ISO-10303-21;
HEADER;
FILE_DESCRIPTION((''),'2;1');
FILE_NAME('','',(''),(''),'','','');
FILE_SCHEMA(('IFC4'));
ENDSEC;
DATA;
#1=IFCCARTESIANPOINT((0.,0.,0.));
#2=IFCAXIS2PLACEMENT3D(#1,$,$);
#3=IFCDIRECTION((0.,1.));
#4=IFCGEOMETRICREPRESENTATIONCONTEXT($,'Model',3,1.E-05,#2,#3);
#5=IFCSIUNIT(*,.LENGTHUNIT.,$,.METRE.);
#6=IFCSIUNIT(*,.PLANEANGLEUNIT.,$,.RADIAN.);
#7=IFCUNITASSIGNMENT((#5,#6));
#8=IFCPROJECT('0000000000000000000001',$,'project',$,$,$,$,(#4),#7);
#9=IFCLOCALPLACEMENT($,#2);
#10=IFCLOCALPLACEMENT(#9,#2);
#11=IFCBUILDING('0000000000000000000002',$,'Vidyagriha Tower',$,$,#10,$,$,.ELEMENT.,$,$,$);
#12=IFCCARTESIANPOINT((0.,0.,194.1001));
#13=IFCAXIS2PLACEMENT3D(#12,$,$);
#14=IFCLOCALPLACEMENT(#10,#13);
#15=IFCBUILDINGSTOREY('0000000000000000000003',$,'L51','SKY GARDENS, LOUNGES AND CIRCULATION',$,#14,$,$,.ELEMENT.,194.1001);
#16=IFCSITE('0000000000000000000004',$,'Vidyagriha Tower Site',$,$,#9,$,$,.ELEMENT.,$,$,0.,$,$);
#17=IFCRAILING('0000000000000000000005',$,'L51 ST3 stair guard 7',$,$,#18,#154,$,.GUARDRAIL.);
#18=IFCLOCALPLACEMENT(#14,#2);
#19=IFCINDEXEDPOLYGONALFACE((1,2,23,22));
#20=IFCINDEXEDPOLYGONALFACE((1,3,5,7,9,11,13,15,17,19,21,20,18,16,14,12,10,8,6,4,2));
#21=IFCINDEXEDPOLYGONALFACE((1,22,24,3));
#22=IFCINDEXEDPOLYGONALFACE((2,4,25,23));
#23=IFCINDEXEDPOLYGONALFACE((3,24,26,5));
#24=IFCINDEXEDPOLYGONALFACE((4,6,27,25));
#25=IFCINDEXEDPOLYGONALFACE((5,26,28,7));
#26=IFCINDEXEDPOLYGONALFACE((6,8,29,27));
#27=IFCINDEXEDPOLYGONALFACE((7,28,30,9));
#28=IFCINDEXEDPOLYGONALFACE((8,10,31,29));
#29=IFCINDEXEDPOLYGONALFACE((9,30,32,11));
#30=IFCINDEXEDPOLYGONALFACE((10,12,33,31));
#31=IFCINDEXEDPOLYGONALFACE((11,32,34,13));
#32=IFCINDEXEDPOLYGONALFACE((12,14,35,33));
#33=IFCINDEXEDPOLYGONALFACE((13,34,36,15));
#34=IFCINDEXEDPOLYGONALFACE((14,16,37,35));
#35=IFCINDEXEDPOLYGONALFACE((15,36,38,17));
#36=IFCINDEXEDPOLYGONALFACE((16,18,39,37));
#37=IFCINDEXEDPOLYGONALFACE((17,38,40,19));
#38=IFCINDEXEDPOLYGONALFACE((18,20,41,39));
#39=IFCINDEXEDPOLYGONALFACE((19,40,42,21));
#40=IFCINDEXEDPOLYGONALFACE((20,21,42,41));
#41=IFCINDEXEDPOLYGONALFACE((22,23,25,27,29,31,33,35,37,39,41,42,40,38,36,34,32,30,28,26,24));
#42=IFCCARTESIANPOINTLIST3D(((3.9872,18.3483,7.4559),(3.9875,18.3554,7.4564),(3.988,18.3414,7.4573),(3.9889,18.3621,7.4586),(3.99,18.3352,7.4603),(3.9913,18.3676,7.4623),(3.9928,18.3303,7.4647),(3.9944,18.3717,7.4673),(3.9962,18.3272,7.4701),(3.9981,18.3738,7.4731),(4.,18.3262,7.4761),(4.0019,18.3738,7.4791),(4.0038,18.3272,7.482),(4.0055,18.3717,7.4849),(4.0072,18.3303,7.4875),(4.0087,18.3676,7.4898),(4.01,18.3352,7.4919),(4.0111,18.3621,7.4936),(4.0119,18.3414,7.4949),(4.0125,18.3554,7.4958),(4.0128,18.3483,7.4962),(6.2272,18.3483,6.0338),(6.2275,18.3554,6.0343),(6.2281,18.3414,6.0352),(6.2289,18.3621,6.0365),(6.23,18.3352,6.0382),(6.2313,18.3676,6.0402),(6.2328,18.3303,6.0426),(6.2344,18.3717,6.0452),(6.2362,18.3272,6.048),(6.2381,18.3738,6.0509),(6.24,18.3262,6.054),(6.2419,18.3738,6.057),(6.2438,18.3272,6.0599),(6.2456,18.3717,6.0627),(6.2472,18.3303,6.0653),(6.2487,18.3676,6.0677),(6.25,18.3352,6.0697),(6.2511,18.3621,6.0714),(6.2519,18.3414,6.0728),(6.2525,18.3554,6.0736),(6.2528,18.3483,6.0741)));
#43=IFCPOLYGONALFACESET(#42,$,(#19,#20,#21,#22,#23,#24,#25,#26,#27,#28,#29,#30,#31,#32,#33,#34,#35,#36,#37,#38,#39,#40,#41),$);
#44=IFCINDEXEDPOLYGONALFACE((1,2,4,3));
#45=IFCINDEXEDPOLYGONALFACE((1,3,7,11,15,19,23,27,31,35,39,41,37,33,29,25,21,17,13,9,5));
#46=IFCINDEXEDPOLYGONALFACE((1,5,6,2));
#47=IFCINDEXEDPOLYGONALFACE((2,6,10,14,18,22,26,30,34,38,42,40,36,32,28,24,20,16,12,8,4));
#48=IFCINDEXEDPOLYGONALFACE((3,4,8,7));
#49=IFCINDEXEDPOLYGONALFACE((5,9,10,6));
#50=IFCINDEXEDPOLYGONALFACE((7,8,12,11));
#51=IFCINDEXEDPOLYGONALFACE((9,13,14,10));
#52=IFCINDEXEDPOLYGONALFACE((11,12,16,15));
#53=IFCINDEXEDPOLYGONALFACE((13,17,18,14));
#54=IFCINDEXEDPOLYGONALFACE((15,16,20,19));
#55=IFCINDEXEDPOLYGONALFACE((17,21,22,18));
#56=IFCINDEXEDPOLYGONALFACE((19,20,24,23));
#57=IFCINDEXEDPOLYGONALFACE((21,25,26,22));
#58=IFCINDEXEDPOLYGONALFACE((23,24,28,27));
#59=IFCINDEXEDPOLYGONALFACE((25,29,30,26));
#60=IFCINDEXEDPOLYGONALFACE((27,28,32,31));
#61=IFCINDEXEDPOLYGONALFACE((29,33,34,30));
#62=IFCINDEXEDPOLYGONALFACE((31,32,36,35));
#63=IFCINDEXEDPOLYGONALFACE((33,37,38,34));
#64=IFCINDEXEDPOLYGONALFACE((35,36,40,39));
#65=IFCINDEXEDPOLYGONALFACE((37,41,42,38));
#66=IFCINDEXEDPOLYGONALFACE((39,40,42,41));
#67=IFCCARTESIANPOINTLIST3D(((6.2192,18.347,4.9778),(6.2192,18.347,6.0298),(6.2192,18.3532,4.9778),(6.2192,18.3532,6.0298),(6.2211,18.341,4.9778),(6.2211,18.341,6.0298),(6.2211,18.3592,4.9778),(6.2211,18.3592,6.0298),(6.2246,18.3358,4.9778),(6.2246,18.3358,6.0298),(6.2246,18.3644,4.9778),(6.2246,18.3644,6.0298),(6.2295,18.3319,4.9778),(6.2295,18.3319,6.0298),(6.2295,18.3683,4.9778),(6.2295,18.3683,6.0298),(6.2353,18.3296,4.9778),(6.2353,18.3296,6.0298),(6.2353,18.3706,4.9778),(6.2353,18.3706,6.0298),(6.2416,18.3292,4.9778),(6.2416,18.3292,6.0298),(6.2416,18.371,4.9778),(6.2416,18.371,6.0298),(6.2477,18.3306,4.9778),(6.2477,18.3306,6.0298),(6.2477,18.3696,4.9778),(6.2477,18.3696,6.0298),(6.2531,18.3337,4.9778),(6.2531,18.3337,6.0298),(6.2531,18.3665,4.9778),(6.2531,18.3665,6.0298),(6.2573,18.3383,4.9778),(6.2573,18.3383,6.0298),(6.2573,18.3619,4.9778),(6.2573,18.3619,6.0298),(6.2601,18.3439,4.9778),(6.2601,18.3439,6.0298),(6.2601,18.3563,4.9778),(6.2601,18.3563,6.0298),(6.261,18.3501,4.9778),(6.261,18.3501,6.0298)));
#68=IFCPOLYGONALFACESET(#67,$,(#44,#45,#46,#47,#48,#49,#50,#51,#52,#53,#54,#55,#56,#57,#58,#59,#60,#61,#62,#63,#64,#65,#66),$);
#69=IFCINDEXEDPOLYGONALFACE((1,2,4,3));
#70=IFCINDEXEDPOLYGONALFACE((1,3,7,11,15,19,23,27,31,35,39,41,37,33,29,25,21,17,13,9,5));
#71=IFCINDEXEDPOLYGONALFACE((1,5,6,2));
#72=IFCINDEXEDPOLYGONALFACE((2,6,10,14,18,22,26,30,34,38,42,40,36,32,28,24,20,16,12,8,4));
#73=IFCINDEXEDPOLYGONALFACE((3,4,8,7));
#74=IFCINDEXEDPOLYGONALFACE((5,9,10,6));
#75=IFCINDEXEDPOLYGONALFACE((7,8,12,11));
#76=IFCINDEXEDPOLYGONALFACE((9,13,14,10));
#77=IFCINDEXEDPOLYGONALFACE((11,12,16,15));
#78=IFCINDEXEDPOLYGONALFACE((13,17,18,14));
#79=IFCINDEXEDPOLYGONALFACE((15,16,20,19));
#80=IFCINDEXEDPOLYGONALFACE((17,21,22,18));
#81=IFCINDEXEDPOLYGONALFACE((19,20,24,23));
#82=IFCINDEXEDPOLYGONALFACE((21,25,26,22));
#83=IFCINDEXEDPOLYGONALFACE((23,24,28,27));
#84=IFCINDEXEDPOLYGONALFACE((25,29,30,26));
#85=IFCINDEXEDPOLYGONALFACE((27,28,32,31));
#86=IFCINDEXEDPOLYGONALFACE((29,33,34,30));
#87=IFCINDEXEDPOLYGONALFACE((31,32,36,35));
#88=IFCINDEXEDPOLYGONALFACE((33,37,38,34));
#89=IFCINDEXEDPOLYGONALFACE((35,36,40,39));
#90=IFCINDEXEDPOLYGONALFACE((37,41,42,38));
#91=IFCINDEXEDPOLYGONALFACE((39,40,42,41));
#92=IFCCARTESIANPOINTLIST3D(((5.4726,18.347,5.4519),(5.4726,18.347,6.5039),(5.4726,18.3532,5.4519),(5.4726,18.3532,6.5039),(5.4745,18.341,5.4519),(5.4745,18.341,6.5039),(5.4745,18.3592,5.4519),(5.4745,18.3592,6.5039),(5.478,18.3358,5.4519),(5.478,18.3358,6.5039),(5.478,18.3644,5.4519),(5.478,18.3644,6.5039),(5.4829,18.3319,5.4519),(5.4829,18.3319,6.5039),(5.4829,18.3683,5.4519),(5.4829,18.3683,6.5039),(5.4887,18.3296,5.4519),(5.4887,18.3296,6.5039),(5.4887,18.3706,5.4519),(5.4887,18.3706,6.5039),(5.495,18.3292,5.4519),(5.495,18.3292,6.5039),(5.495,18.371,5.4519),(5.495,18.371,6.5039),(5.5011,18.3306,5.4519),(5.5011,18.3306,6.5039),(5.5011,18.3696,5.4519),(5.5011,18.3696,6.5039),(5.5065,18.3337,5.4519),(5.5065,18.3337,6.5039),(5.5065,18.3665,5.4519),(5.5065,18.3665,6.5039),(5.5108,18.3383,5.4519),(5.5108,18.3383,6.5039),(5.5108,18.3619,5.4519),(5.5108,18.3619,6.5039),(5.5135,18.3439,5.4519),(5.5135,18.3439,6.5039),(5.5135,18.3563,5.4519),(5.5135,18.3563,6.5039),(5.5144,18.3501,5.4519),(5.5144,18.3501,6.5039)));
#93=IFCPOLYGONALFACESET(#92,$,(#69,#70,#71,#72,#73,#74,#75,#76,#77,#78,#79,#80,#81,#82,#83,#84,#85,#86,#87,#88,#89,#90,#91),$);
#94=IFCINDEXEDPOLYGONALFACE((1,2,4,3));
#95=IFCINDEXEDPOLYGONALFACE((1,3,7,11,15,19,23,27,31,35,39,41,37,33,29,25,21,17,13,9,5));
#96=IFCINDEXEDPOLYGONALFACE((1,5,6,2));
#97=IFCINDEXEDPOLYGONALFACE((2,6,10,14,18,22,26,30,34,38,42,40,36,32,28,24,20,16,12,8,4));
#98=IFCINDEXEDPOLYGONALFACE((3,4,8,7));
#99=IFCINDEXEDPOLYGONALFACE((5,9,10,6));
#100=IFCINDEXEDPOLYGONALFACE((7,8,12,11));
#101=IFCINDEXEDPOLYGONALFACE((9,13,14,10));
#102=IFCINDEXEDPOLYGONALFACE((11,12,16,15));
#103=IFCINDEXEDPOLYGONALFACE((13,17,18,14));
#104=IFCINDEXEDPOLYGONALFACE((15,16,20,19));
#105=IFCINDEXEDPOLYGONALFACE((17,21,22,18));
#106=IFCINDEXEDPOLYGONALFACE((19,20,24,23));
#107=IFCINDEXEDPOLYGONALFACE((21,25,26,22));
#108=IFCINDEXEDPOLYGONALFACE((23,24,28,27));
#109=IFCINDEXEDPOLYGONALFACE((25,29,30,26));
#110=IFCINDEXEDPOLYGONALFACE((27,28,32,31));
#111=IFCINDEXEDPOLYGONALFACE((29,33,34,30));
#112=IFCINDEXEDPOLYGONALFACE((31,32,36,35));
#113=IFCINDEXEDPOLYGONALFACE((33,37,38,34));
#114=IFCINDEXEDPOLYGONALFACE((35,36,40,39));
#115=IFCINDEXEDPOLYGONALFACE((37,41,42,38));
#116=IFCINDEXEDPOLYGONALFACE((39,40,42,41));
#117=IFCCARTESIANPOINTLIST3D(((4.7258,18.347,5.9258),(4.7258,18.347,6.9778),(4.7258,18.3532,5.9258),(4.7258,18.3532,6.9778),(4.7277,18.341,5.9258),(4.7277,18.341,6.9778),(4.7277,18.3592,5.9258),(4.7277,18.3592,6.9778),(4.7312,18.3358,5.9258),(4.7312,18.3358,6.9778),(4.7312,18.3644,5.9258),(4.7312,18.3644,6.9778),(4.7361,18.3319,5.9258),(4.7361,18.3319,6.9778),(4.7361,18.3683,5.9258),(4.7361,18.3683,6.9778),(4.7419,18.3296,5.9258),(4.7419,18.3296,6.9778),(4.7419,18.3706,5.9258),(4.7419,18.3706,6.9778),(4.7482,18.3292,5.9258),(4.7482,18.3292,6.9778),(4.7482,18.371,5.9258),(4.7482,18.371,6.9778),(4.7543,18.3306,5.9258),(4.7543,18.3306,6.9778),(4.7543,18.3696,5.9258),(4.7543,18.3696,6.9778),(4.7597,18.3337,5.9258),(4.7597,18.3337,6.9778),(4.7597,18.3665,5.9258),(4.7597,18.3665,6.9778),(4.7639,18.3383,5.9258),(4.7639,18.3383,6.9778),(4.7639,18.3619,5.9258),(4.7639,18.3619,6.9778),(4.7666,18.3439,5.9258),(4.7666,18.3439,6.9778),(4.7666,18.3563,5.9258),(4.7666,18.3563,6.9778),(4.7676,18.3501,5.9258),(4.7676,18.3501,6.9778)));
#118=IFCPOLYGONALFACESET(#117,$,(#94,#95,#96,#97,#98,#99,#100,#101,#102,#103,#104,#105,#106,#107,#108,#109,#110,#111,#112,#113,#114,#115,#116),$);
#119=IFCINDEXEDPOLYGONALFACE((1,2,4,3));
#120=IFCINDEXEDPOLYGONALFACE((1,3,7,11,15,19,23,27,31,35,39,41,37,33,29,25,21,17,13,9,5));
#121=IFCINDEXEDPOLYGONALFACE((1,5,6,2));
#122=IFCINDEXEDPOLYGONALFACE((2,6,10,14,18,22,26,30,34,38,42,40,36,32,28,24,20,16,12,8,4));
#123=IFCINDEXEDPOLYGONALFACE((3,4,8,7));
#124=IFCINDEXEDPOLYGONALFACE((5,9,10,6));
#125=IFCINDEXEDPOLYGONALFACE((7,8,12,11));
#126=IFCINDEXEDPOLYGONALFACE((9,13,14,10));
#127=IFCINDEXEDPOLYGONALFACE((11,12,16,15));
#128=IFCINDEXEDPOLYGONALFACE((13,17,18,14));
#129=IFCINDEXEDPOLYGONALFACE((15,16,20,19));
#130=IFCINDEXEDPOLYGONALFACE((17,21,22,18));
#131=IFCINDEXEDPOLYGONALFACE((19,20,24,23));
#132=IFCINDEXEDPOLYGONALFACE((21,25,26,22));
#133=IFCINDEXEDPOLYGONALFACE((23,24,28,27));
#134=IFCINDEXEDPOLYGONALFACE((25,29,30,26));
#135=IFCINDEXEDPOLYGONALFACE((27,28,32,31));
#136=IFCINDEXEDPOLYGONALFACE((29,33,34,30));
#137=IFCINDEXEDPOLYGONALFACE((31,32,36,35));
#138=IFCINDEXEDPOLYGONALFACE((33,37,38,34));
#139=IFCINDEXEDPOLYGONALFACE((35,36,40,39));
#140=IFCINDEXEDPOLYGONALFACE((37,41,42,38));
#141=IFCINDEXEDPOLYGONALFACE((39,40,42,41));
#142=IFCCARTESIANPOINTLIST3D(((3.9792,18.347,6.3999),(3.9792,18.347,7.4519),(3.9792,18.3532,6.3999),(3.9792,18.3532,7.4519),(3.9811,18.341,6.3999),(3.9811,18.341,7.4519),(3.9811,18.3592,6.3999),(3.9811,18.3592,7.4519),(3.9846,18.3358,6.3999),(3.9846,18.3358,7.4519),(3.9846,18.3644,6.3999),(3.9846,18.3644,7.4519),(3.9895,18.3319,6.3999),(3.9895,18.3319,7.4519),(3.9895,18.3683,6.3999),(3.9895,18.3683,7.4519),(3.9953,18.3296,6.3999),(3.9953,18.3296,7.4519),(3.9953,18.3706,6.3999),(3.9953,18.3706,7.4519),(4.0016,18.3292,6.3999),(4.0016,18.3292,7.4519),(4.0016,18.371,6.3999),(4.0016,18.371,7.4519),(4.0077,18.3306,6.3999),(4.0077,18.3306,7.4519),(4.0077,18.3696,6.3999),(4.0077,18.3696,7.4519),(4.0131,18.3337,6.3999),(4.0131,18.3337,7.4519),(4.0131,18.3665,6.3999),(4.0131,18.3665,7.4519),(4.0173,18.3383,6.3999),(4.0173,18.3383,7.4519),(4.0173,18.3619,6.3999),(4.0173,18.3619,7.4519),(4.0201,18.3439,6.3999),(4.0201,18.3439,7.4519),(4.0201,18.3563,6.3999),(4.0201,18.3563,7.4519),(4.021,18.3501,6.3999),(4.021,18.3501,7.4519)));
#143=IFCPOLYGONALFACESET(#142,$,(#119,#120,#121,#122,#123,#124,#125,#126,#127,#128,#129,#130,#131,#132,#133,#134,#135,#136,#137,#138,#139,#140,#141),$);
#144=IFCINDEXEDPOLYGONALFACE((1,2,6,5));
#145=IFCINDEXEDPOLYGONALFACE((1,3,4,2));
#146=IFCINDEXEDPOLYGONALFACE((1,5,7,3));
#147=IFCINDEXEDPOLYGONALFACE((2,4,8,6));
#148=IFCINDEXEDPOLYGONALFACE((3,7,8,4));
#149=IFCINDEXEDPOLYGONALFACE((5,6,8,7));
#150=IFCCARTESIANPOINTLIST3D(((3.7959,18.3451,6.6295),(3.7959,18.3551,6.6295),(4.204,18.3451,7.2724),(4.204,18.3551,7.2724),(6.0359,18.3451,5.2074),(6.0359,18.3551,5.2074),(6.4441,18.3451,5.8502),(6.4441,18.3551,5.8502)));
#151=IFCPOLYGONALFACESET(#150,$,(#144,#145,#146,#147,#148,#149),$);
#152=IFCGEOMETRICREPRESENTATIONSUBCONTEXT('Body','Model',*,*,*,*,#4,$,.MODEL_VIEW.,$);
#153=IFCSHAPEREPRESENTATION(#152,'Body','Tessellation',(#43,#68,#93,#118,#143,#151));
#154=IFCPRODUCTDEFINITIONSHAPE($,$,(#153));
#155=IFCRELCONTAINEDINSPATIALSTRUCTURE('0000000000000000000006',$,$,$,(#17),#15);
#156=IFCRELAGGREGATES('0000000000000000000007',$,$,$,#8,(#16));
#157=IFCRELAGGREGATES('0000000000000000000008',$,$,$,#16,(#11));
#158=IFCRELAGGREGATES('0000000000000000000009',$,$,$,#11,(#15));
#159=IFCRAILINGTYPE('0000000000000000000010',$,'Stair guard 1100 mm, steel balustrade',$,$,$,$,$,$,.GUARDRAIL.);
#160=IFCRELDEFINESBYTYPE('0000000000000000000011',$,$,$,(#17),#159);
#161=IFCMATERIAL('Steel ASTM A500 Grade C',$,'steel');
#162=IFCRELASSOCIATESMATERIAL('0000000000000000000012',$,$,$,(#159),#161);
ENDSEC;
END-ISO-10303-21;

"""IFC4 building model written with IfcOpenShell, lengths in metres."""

from ifc_helpers import new_model, si_unit, direction, frame, origin, origin_2d, place, context, subcontext, project, spatial, rectangle, circle, extrude, material, type_object, element, save


model = new_model("IFC4")

# Units and contexts
model_context = context("Model", 3, precision=1e-05, world=origin(), true_north=direction((0.0, 1.0)))
body_context = subcontext(model_context, "Body", "Model", "MODEL_VIEW")
ifc_project = project(units=[si_unit("LENGTHUNIT", "METRE"), si_unit("PLANEANGLEUNIT", "RADIAN")], contexts=[model_context])

# Site, building, storey
site_placement = place(None, origin())
site = spatial("IfcSite", under=ifc_project, at=site_placement, Name="Vidyagriha Tower Site", CompositionType="ELEMENT", RefElevation=0.0)
building_placement = place(site_placement, origin())
building = spatial("IfcBuilding", under=site, at=building_placement, Name="Vidyagriha Tower", CompositionType="ELEMENT")
storey_placement = place(building_placement, frame((0.0, 0.0, 194.1001)))
storey = spatial("IfcBuildingStorey", under=building, at=storey_placement, Name="L51", Description="SKY GARDENS, LOUNGES AND CIRCULATION", CompositionType="ELEMENT", Elevation=194.1001)

# Railing
ifc_material_1 = material(Name="Steel ASTM A500 Grade C", Category="steel")
railing_type_1 = type_object("IfcRailingType", Name="Stair guard 1100 mm, steel balustrade", PredefinedType="GUARDRAIL", material=ifc_material_1)
railing_1_placement = place(storey_placement, frame((6.24, 18.3501, 4.9778)))
element("IfcRailing", 1, at=railing_1_placement, inside=storey, type_object=railing_type_1, Name="L51 ST3 stair guard 7", PredefinedType="GUARDRAIL", context=body_context, shape_type="SweptSolid", body=[
    extrude(circle(Radius=0.0239, at=origin_2d()), frame((0.0, 0.0, 1.0762), z_axis=(-0.844229, 0.0, 0.535982), x_axis=(0.0, -1.0, 0.0)), (0.0, 0.0, 1.0), 2.6533),
    extrude(circle(Radius=0.021, at=origin_2d()), origin(), (0.0, 0.0, 1.0), 1.052),
    extrude(circle(Radius=0.021, at=origin_2d()), frame((-0.7466, 0.0, 0.4741)), (0.0, 0.0, 1.0), 1.052),
    extrude(circle(Radius=0.021, at=origin_2d()), frame((-1.4934, 0.0, 0.948)), (0.0, 0.0, 1.0), 1.052),
    extrude(circle(Radius=0.021, at=origin_2d()), frame((-2.24, 0.0, 1.4221)), (0.0, 0.0, 1.0), 1.052),
    extrude(rectangle(XDim=0.01, YDim=0.7615, at=origin_2d()), frame((0.0, 0.0, 0.551), z_axis=(-0.844229, 0.0, 0.535982), x_axis=(0.0, -1.0, 0.0)), (0.0, 0.0, 1.0), 2.6533),
])

save(model, "model.ifc")
